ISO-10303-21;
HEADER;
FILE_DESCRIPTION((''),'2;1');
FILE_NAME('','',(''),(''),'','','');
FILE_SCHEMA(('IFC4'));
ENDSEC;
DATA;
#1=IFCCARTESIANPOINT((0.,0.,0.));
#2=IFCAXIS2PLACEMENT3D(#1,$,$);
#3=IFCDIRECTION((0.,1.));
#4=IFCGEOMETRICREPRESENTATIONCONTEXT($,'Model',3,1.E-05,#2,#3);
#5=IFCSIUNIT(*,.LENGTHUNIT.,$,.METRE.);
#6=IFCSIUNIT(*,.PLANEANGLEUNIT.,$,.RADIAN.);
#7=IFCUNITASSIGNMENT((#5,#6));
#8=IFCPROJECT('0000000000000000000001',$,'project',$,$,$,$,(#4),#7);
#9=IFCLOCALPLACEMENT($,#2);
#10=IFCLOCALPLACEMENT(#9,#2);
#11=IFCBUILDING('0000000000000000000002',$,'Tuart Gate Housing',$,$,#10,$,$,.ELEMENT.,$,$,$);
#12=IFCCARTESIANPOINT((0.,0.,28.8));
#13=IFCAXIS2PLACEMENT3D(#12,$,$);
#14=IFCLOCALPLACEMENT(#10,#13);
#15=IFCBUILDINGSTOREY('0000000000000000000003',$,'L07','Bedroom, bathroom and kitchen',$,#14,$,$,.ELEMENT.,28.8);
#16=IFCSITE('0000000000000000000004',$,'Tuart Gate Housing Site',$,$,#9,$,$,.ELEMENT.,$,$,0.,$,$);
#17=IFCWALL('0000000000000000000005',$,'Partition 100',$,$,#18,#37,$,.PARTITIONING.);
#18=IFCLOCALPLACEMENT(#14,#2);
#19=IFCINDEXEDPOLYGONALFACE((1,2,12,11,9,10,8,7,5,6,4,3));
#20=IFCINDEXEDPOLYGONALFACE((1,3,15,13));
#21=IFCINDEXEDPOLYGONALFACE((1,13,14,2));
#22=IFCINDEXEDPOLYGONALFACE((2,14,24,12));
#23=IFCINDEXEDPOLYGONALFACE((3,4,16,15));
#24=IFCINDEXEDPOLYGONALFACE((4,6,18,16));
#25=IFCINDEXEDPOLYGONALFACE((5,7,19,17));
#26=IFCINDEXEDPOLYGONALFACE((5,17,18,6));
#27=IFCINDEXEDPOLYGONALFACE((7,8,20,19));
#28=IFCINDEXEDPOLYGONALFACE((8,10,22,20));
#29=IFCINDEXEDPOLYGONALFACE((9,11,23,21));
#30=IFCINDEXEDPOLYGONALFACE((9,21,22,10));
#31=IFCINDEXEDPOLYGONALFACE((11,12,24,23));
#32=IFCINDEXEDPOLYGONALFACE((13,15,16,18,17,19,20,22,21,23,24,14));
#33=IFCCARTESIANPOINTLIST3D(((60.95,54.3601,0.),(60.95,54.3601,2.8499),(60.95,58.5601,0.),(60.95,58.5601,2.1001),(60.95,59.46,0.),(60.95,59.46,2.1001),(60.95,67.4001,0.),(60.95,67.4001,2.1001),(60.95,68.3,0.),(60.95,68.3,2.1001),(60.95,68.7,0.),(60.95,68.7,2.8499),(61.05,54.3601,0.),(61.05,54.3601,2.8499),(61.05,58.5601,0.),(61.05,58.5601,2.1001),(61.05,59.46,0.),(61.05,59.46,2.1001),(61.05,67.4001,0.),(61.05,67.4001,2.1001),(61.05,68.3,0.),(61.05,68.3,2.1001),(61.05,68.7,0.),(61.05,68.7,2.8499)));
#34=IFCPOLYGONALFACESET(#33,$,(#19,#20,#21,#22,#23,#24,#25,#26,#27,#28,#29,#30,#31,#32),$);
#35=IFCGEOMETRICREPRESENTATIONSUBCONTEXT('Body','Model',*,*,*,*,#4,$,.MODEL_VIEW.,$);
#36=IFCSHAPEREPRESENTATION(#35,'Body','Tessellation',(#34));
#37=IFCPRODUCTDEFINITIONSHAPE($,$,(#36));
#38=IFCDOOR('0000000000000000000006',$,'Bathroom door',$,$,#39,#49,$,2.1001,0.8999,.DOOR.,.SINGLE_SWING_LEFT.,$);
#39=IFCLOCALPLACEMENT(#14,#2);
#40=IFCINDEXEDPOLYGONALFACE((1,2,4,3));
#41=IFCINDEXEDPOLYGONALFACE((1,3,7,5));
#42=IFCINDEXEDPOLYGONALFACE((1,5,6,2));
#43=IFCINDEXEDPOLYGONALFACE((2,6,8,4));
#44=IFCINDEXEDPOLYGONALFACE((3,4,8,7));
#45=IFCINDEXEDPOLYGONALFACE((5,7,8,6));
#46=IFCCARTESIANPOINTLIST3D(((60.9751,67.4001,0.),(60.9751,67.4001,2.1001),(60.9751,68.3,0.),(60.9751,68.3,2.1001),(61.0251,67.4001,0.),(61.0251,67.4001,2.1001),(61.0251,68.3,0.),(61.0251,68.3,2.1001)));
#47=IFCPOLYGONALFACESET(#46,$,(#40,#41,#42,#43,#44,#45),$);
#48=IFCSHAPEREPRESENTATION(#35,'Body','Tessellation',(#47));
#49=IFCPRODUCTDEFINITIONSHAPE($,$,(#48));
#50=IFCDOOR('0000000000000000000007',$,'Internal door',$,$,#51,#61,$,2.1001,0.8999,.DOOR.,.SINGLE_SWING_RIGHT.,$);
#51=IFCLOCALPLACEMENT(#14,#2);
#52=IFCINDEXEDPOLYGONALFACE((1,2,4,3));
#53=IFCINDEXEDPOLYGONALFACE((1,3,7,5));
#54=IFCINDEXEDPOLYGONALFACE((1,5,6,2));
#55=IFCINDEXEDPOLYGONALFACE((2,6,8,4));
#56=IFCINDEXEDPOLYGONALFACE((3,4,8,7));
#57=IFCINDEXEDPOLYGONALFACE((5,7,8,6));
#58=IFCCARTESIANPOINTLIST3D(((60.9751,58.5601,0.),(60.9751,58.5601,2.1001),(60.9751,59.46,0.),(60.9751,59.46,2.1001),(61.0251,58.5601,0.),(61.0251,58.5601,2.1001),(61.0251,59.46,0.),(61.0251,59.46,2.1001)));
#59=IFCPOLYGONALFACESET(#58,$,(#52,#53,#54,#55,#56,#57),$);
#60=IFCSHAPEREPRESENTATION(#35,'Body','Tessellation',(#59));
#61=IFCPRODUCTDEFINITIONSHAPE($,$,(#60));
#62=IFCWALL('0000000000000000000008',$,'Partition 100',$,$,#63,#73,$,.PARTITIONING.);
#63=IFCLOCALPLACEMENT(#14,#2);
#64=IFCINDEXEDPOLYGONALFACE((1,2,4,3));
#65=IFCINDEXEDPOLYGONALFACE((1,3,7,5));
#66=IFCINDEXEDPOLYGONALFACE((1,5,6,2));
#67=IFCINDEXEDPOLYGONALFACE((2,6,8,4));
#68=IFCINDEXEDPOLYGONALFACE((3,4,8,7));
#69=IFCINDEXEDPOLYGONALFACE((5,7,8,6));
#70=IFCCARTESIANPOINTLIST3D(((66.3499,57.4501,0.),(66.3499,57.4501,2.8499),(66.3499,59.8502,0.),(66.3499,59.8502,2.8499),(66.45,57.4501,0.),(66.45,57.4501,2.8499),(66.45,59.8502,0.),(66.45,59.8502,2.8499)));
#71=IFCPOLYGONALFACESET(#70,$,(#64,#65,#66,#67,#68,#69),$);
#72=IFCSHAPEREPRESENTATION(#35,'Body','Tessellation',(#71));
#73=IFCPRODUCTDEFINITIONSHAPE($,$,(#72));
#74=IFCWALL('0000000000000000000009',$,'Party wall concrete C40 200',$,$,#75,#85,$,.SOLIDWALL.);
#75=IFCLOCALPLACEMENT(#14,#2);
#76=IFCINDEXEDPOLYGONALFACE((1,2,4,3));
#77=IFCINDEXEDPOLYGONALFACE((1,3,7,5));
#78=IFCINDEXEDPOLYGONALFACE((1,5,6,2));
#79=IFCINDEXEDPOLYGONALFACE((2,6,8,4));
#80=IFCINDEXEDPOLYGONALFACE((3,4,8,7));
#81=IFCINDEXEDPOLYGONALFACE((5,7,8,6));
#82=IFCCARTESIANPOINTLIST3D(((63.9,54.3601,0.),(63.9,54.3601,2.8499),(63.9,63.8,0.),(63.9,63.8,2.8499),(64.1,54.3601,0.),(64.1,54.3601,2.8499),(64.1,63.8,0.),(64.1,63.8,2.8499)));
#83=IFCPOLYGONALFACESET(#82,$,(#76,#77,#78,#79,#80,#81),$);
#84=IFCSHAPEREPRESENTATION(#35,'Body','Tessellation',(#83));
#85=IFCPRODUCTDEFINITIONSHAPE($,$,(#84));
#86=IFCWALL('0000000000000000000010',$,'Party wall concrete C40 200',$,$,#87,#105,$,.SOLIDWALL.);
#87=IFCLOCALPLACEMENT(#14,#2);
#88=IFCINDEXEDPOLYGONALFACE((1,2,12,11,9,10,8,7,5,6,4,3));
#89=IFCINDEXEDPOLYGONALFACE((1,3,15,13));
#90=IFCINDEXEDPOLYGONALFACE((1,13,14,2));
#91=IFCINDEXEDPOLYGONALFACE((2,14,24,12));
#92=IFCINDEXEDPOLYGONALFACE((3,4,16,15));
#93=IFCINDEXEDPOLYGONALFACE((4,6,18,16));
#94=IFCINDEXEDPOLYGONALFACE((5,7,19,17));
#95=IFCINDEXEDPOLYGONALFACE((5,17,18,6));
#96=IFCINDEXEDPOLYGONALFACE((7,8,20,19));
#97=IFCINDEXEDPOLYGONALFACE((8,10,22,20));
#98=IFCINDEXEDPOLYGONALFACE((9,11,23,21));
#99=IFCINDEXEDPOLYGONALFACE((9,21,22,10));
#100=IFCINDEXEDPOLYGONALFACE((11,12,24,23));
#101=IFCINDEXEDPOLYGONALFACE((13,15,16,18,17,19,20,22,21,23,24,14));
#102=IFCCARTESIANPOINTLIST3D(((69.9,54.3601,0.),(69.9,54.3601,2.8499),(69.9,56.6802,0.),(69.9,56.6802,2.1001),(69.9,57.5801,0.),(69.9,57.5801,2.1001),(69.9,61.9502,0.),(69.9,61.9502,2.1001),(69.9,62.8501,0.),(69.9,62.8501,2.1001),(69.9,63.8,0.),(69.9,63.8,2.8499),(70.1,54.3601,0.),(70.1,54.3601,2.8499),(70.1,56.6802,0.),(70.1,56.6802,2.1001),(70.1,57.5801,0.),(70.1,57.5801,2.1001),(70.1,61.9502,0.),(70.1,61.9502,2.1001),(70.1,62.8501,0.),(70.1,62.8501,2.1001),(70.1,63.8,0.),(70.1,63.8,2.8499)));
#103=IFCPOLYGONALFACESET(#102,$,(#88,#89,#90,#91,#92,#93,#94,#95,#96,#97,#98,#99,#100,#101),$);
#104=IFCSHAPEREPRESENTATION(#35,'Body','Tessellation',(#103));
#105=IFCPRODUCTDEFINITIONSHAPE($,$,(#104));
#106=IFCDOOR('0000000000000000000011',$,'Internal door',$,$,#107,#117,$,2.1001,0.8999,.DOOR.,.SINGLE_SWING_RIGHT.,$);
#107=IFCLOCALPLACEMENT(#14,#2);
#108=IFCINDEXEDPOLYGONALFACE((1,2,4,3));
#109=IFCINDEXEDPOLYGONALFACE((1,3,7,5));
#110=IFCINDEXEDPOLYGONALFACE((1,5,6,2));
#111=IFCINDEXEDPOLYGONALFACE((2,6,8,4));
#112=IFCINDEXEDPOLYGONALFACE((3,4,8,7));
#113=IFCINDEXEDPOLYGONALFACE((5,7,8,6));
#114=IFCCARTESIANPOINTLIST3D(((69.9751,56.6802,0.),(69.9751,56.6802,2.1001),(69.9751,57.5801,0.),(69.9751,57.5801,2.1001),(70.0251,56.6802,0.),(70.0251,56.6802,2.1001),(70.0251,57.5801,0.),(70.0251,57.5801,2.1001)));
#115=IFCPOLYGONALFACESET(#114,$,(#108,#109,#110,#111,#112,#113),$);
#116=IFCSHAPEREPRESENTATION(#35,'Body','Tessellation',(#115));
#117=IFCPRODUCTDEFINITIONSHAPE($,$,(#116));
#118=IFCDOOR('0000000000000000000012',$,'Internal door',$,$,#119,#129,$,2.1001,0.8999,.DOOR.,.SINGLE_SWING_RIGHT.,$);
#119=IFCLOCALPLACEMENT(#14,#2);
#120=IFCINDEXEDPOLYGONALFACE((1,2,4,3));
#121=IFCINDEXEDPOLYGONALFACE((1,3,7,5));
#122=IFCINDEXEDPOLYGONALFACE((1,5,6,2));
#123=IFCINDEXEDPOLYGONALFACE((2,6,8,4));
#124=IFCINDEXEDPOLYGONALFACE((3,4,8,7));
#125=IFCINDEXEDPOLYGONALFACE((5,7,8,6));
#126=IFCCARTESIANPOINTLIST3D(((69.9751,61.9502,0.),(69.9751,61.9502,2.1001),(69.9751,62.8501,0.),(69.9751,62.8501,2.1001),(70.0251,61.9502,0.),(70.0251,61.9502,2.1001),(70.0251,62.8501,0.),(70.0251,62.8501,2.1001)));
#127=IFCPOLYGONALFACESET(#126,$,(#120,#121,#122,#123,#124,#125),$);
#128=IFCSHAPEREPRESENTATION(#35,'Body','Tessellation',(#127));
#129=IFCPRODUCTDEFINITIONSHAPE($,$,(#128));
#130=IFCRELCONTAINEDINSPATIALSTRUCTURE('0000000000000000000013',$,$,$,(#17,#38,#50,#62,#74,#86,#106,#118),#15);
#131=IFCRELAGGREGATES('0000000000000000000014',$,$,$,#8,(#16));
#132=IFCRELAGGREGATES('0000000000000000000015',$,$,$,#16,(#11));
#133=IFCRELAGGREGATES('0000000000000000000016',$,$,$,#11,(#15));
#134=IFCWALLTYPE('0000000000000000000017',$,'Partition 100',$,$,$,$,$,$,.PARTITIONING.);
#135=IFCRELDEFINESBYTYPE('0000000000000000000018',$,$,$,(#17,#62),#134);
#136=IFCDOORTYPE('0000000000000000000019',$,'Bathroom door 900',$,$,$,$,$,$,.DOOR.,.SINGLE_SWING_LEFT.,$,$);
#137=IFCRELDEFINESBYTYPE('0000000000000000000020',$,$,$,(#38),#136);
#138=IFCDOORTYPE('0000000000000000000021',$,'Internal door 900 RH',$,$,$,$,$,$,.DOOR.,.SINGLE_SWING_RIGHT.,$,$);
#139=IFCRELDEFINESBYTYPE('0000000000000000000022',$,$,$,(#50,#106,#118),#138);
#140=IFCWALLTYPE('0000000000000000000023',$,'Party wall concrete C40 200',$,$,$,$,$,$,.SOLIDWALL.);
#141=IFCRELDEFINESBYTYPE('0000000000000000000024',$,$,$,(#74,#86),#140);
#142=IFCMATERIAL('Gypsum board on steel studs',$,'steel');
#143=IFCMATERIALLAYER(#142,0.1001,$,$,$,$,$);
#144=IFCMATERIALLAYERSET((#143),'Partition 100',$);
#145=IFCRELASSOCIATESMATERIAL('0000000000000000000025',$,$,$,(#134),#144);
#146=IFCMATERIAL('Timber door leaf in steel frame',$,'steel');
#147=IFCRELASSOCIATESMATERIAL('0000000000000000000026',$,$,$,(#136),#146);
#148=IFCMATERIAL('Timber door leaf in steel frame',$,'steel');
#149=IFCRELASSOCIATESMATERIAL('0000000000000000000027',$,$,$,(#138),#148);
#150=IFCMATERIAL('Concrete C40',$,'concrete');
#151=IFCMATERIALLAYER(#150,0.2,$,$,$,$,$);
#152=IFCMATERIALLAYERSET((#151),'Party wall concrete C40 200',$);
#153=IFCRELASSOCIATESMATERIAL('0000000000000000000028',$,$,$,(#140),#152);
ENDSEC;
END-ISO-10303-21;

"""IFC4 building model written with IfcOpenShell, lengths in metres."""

from ifc_helpers import new_model, si_unit, direction, frame, frame_2d, origin, place, context, subcontext, project, spatial, rectangle, extrude, material, layer, layer_set, type_object, element, fill, save


model = new_model("IFC4")

# Units and contexts
model_context = context("Model", 3, precision=1e-05, world=origin(), true_north=direction((0.0, 1.0)))
body_context = subcontext(model_context, "Body", "Model", "MODEL_VIEW")
ifc_project = project(units=[si_unit("LENGTHUNIT", "METRE"), si_unit("PLANEANGLEUNIT", "RADIAN")], contexts=[model_context])

# Site, building, storey
site_placement = place(None, origin())
site = spatial("IfcSite", under=ifc_project, at=site_placement, Name="Tuart Gate Housing Site", CompositionType="ELEMENT", RefElevation=0.0)
building_placement = place(site_placement, origin())
building = spatial("IfcBuilding", under=site, at=building_placement, Name="Tuart Gate Housing", CompositionType="ELEMENT")
storey_placement = place(building_placement, frame((0.0, 0.0, 28.8)))
storey = spatial("IfcBuildingStorey", under=building, at=storey_placement, Name="L07", Description="Bedroom, bathroom and kitchen", CompositionType="ELEMENT", Elevation=28.8)

# Shared definitions
ifc_material_1 = material(Name="Gypsum board on steel studs", Category="steel")
ifc_layer_1 = layer(ifc_material_1, 0.1001)
ifc_layer_set_1 = layer_set([ifc_layer_1], Name="Partition 100")
wall_type_1 = type_object("IfcWallType", Name="Partition 100", PredefinedType="PARTITIONING", material=ifc_layer_set_1)

# Shared definitions
ifc_material_2 = material(Name="Timber door leaf in steel frame", Category="steel")
door_type_1 = type_object("IfcDoorType", Name="Bathroom door 900", OperationType="SINGLE_SWING_LEFT", PredefinedType="DOOR", material=ifc_material_2)
ifc_material_3 = material(Name="Timber door leaf in steel frame", Category="steel")
door_type_2 = type_object("IfcDoorType", Name="Internal door 900 RH", OperationType="SINGLE_SWING_RIGHT", PredefinedType="DOOR", material=ifc_material_3)

# Wall, openings, doors
wall_1_placement = place(storey_placement, frame((61.0, 54.3601, 0.0), z_axis=(0.0, 0.0, 1.0), x_axis=(0.0, 1.0, 0.0)))
wall_1 = element("IfcWall", 1, at=wall_1_placement, inside=storey, type_object=wall_type_1, Name="Partition 100", PredefinedType="PARTITIONING", context=body_context, shape_type="SweptSolid", body=[
    extrude(rectangle(XDim=14.3398, YDim=0.1001, at=frame_2d((7.1699, 0.0))), origin(), (0.0, 0.0, 1.0), 2.8499),
])
opening_1_placement = place(wall_1_placement, frame((4.2, 0.0, 0.0)))
opening_1 = element("IfcOpeningElement", 2, at=opening_1_placement, cuts=wall_1, PredefinedType="OPENING", context=body_context, shape_type="SweptSolid", body=[
    extrude(rectangle(XDim=0.8999, YDim=2.1001, at=frame_2d((0.45, 1.05))), frame((0.0, 0.0601, 0.0), z_axis=(0.0, -1.0, 0.0), x_axis=(1.0, 0.0, 0.0)), (0.0, 0.0, 1.0), 0.1201),
])
opening_2_placement = place(wall_1_placement, frame((13.04, 0.0, 0.0)))
opening_2 = element("IfcOpeningElement", 3, at=opening_2_placement, cuts=wall_1, PredefinedType="OPENING", context=body_context, shape_type="SweptSolid", body=[
    extrude(rectangle(XDim=0.8999, YDim=2.1001, at=frame_2d((0.45, 1.05))), frame((0.0, 0.0601, 0.0), z_axis=(0.0, -1.0, 0.0), x_axis=(1.0, 0.0, 0.0)), (0.0, 0.0, 1.0), 0.1201),
])
door_1_placement = place(opening_2_placement, frame((0.8999, 0.0, 0.0), z_axis=(0.0, 0.0, 1.0), x_axis=(-1.0, 0.0, 0.0)))
door_1 = element("IfcDoor", 4, at=door_1_placement, inside=storey, type_object=door_type_1, Name="Bathroom door", OperationType="SINGLE_SWING_LEFT", OverallHeight=2.1001, OverallWidth=0.8999, PredefinedType="DOOR", context=body_context, shape_type="SweptSolid", body=[
    extrude(rectangle(XDim=0.8999, YDim=2.1001, at=frame_2d((0.45, 1.05))), frame((0.0, 0.0251, 0.0), z_axis=(0.0, -1.0, 0.0), x_axis=(1.0, 0.0, 0.0)), (0.0, 0.0, 1.0), 0.05),
])
fill(opening_2, door_1)
door_2_placement = place(opening_1_placement, frame((0.8999, 0.0, 0.0), z_axis=(0.0, 0.0, 1.0), x_axis=(-1.0, 0.0, 0.0)))
door_2 = element("IfcDoor", 5, at=door_2_placement, inside=storey, type_object=door_type_2, Name="Internal door", OperationType="SINGLE_SWING_RIGHT", OverallHeight=2.1001, OverallWidth=0.8999, PredefinedType="DOOR", context=body_context, shape_type="SweptSolid", body=[
    extrude(rectangle(XDim=0.8999, YDim=2.1001, at=frame_2d((0.45, 1.05))), frame((0.0, 0.0251, 0.0), z_axis=(0.0, -1.0, 0.0), x_axis=(1.0, 0.0, 0.0)), (0.0, 0.0, 1.0), 0.05),
])
fill(opening_1, door_2)

# Walls
wall_2_placement = place(storey_placement, frame((66.3999, 57.45, 0.0), z_axis=(0.0, 0.0, 1.0), x_axis=(0.0, 1.0, 0.0)))
element("IfcWall", 6, at=wall_2_placement, inside=storey, type_object=wall_type_1, Name="Partition 100", PredefinedType="PARTITIONING", context=body_context, shape_type="SweptSolid", body=[
    extrude(rectangle(XDim=2.4001, YDim=0.1001, at=frame_2d((1.2002, 0.0))), origin(), (0.0, 0.0, 1.0), 2.8499),
])
ifc_material_4 = material(Name="Concrete C40", Category="concrete")
ifc_layer_2 = layer(ifc_material_4, 0.2)
ifc_layer_set_2 = layer_set([ifc_layer_2], Name="Party wall concrete C40 200")
wall_type_2 = type_object("IfcWallType", Name="Party wall concrete C40 200", PredefinedType="SOLIDWALL", material=ifc_layer_set_2)
wall_3_placement = place(storey_placement, frame((64.0, 54.3601, 0.0), z_axis=(0.0, 0.0, 1.0), x_axis=(0.0, 1.0, 0.0)))
element("IfcWall", 7, at=wall_3_placement, inside=storey, type_object=wall_type_2, Name="Party wall concrete C40 200", PredefinedType="SOLIDWALL", context=body_context, shape_type="SweptSolid", body=[
    extrude(rectangle(XDim=9.4399, YDim=0.2, at=frame_2d((4.72, 0.0))), origin(), (0.0, 0.0, 1.0), 2.8499),
])

# Wall, openings, doors
wall_4_placement = place(storey_placement, frame((70.0, 54.3601, 0.0), z_axis=(0.0, 0.0, 1.0), x_axis=(0.0, 1.0, 0.0)))
wall_4 = element("IfcWall", 8, at=wall_4_placement, inside=storey, type_object=wall_type_2, Name="Party wall concrete C40 200", PredefinedType="SOLIDWALL", context=body_context, shape_type="SweptSolid", body=[
    extrude(rectangle(XDim=9.4399, YDim=0.2, at=frame_2d((4.72, 0.0))), origin(), (0.0, 0.0, 1.0), 2.8499),
])
opening_3_placement = place(wall_4_placement, frame((2.3201, 0.0, 0.0)))
opening_3 = element("IfcOpeningElement", 9, at=opening_3_placement, cuts=wall_4, PredefinedType="OPENING", context=body_context, shape_type="SweptSolid", body=[
    extrude(rectangle(XDim=0.8999, YDim=2.1001, at=frame_2d((0.45, 1.05))), frame((0.0, 0.1099, 0.0), z_axis=(0.0, -1.0, 0.0), x_axis=(1.0, 0.0, 0.0)), (0.0, 0.0, 1.0), 0.22),
])
opening_4_placement = place(wall_4_placement, frame((7.5901, 0.0, 0.0)))
opening_4 = element("IfcOpeningElement", 10, at=opening_4_placement, cuts=wall_4, PredefinedType="OPENING", context=body_context, shape_type="SweptSolid", body=[
    extrude(rectangle(XDim=0.8999, YDim=2.1001, at=frame_2d((0.45, 1.05))), frame((0.0, 0.1099, 0.0), z_axis=(0.0, -1.0, 0.0), x_axis=(1.0, 0.0, 0.0)), (0.0, 0.0, 1.0), 0.22),
])
door_3_placement = place(opening_3_placement, frame((0.8999, 0.0, 0.0), z_axis=(0.0, 0.0, 1.0), x_axis=(-1.0, 0.0, 0.0)))
door_3 = element("IfcDoor", 11, at=door_3_placement, inside=storey, type_object=door_type_2, Name="Internal door", OperationType="SINGLE_SWING_RIGHT", OverallHeight=2.1001, OverallWidth=0.8999, PredefinedType="DOOR", context=body_context, shape_type="SweptSolid", body=[
    extrude(rectangle(XDim=0.8999, YDim=2.1001, at=frame_2d((0.45, 1.05))), frame((0.0, 0.0251, 0.0), z_axis=(0.0, -1.0, 0.0), x_axis=(1.0, 0.0, 0.0)), (0.0, 0.0, 1.0), 0.05),
])
fill(opening_3, door_3)
door_4_placement = place(opening_4_placement, frame((0.8999, 0.0, 0.0), z_axis=(0.0, 0.0, 1.0), x_axis=(-1.0, 0.0, 0.0)))
door_4 = element("IfcDoor", 12, at=door_4_placement, inside=storey, type_object=door_type_2, Name="Internal door", OperationType="SINGLE_SWING_RIGHT", OverallHeight=2.1001, OverallWidth=0.8999, PredefinedType="DOOR", context=body_context, shape_type="SweptSolid", body=[
    extrude(rectangle(XDim=0.8999, YDim=2.1001, at=frame_2d((0.45, 1.05))), frame((0.0, 0.0251, 0.0), z_axis=(0.0, -1.0, 0.0), x_axis=(1.0, 0.0, 0.0)), (0.0, 0.0, 1.0), 0.05),
])
fill(opening_4, door_4)

save(model, "model.ifc")
